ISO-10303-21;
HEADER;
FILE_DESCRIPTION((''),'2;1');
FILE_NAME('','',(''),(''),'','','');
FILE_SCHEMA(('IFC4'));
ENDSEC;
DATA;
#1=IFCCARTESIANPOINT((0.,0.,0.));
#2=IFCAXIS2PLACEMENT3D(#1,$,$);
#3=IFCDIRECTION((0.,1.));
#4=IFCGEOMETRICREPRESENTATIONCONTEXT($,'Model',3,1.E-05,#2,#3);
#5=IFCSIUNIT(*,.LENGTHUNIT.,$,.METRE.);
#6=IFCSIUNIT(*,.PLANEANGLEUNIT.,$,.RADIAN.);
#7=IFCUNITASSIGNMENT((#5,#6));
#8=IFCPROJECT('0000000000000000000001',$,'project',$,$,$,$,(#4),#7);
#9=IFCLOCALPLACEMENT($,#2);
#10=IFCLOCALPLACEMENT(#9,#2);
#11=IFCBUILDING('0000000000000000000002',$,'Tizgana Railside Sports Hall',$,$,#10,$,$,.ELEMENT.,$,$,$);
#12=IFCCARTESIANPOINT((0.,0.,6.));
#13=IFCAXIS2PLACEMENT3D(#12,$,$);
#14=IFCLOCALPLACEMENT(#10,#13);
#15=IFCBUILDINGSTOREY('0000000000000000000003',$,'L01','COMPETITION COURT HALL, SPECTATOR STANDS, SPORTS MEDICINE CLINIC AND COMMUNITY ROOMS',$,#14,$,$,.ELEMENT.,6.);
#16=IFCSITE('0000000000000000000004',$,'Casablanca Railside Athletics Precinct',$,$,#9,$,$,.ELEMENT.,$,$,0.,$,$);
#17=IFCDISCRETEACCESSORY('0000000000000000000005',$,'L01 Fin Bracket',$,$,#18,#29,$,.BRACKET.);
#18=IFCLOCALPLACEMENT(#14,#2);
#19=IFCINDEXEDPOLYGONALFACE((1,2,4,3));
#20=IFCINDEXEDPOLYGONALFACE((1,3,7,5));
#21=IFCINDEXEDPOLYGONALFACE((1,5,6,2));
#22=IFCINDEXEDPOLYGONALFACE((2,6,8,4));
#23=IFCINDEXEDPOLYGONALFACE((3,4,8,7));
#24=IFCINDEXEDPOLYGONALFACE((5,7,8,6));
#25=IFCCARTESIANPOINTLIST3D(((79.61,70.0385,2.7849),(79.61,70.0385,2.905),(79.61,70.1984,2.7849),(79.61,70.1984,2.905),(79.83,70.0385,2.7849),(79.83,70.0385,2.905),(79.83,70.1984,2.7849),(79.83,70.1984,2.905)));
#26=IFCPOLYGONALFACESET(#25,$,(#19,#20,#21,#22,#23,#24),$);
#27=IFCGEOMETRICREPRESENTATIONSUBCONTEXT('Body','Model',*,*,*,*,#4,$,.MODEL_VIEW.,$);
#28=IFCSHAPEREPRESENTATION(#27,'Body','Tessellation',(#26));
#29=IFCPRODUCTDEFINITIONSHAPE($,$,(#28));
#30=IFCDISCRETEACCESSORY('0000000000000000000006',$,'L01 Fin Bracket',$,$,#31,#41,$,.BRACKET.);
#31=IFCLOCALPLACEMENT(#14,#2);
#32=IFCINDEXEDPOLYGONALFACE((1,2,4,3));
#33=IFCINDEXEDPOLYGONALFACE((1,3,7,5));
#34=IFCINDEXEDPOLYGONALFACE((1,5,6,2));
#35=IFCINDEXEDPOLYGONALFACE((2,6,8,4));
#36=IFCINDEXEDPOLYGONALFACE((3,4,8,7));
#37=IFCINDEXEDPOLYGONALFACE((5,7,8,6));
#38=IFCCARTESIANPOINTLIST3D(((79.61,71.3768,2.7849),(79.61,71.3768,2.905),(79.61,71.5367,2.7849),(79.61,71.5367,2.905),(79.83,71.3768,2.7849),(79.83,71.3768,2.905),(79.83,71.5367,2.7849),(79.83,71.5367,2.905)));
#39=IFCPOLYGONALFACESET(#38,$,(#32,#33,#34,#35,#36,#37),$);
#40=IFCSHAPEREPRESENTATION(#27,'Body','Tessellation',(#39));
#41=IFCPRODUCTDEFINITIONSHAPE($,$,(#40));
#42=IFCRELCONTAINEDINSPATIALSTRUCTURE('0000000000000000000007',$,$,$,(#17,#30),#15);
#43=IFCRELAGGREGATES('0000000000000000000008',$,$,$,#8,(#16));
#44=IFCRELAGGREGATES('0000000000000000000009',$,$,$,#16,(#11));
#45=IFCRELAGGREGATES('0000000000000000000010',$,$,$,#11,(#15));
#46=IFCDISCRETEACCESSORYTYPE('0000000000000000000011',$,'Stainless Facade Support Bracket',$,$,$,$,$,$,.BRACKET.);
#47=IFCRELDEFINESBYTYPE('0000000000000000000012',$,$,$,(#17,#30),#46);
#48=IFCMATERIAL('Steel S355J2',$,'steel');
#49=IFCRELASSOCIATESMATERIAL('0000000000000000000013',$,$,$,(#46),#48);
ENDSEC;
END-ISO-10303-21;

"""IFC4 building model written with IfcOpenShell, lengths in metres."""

from ifc_helpers import new_model, si_unit, direction, frame, origin, origin_2d, place, context, subcontext, project, spatial, rectangle, extrude, material, type_object, element, save


model = new_model("IFC4")

# Units and contexts
model_context = context("Model", 3, precision=1e-05, world=origin(), true_north=direction((0.0, 1.0)))
body_context = subcontext(model_context, "Body", "Model", "MODEL_VIEW")
ifc_project = project(units=[si_unit("LENGTHUNIT", "METRE"), si_unit("PLANEANGLEUNIT", "RADIAN")], contexts=[model_context])

# Site, building, storey
site_placement = place(None, origin())
site = spatial("IfcSite", under=ifc_project, at=site_placement, Name="Casablanca Railside Athletics Precinct", CompositionType="ELEMENT", RefElevation=0.0)
building_placement = place(site_placement, origin())
building = spatial("IfcBuilding", under=site, at=building_placement, Name="Tizgana Railside Sports Hall", CompositionType="ELEMENT")
storey_placement = place(building_placement, frame((0.0, 0.0, 6.0)))
storey = spatial("IfcBuildingStorey", under=building, at=storey_placement, Name="L01", Description="COMPETITION COURT HALL, SPECTATOR STANDS, SPORTS MEDICINE CLINIC AND COMMUNITY ROOMS", CompositionType="ELEMENT", Elevation=6.0)

# Shared definitions
ifc_material_1 = material(Name="Steel S355J2", Category="steel")

# Discrete accessories
discrete_accessory_type = type_object("IfcDiscreteAccessoryType", Name="Stainless Facade Support Bracket", PredefinedType="BRACKET", material=ifc_material_1)
for number, where, z_axis, x_axis, name in (
    (1, (79.72, 70.1184, 2.7849), (0.0, 0.0, 1.0), (0.0, 1.0, 0.0), "L01 Fin Bracket"),
    (2, (79.72, 71.4568, 2.7849), (0.0, 0.0, 1.0), (0.0, 1.0, 0.0), "L01 Fin Bracket"),
):
    element("IfcDiscreteAccessory", number, at=place(storey_placement, frame(where, z_axis=z_axis, x_axis=x_axis)), inside=storey, type_object=discrete_accessory_type, Name=name, PredefinedType="BRACKET", context=body_context, shape_type="SweptSolid", body=[
        extrude(rectangle(XDim=0.1599, YDim=0.22, at=origin_2d()), origin(), (0.0, 0.0, 1.0), 0.1201),
    ])

save(model, "model.ifc")
